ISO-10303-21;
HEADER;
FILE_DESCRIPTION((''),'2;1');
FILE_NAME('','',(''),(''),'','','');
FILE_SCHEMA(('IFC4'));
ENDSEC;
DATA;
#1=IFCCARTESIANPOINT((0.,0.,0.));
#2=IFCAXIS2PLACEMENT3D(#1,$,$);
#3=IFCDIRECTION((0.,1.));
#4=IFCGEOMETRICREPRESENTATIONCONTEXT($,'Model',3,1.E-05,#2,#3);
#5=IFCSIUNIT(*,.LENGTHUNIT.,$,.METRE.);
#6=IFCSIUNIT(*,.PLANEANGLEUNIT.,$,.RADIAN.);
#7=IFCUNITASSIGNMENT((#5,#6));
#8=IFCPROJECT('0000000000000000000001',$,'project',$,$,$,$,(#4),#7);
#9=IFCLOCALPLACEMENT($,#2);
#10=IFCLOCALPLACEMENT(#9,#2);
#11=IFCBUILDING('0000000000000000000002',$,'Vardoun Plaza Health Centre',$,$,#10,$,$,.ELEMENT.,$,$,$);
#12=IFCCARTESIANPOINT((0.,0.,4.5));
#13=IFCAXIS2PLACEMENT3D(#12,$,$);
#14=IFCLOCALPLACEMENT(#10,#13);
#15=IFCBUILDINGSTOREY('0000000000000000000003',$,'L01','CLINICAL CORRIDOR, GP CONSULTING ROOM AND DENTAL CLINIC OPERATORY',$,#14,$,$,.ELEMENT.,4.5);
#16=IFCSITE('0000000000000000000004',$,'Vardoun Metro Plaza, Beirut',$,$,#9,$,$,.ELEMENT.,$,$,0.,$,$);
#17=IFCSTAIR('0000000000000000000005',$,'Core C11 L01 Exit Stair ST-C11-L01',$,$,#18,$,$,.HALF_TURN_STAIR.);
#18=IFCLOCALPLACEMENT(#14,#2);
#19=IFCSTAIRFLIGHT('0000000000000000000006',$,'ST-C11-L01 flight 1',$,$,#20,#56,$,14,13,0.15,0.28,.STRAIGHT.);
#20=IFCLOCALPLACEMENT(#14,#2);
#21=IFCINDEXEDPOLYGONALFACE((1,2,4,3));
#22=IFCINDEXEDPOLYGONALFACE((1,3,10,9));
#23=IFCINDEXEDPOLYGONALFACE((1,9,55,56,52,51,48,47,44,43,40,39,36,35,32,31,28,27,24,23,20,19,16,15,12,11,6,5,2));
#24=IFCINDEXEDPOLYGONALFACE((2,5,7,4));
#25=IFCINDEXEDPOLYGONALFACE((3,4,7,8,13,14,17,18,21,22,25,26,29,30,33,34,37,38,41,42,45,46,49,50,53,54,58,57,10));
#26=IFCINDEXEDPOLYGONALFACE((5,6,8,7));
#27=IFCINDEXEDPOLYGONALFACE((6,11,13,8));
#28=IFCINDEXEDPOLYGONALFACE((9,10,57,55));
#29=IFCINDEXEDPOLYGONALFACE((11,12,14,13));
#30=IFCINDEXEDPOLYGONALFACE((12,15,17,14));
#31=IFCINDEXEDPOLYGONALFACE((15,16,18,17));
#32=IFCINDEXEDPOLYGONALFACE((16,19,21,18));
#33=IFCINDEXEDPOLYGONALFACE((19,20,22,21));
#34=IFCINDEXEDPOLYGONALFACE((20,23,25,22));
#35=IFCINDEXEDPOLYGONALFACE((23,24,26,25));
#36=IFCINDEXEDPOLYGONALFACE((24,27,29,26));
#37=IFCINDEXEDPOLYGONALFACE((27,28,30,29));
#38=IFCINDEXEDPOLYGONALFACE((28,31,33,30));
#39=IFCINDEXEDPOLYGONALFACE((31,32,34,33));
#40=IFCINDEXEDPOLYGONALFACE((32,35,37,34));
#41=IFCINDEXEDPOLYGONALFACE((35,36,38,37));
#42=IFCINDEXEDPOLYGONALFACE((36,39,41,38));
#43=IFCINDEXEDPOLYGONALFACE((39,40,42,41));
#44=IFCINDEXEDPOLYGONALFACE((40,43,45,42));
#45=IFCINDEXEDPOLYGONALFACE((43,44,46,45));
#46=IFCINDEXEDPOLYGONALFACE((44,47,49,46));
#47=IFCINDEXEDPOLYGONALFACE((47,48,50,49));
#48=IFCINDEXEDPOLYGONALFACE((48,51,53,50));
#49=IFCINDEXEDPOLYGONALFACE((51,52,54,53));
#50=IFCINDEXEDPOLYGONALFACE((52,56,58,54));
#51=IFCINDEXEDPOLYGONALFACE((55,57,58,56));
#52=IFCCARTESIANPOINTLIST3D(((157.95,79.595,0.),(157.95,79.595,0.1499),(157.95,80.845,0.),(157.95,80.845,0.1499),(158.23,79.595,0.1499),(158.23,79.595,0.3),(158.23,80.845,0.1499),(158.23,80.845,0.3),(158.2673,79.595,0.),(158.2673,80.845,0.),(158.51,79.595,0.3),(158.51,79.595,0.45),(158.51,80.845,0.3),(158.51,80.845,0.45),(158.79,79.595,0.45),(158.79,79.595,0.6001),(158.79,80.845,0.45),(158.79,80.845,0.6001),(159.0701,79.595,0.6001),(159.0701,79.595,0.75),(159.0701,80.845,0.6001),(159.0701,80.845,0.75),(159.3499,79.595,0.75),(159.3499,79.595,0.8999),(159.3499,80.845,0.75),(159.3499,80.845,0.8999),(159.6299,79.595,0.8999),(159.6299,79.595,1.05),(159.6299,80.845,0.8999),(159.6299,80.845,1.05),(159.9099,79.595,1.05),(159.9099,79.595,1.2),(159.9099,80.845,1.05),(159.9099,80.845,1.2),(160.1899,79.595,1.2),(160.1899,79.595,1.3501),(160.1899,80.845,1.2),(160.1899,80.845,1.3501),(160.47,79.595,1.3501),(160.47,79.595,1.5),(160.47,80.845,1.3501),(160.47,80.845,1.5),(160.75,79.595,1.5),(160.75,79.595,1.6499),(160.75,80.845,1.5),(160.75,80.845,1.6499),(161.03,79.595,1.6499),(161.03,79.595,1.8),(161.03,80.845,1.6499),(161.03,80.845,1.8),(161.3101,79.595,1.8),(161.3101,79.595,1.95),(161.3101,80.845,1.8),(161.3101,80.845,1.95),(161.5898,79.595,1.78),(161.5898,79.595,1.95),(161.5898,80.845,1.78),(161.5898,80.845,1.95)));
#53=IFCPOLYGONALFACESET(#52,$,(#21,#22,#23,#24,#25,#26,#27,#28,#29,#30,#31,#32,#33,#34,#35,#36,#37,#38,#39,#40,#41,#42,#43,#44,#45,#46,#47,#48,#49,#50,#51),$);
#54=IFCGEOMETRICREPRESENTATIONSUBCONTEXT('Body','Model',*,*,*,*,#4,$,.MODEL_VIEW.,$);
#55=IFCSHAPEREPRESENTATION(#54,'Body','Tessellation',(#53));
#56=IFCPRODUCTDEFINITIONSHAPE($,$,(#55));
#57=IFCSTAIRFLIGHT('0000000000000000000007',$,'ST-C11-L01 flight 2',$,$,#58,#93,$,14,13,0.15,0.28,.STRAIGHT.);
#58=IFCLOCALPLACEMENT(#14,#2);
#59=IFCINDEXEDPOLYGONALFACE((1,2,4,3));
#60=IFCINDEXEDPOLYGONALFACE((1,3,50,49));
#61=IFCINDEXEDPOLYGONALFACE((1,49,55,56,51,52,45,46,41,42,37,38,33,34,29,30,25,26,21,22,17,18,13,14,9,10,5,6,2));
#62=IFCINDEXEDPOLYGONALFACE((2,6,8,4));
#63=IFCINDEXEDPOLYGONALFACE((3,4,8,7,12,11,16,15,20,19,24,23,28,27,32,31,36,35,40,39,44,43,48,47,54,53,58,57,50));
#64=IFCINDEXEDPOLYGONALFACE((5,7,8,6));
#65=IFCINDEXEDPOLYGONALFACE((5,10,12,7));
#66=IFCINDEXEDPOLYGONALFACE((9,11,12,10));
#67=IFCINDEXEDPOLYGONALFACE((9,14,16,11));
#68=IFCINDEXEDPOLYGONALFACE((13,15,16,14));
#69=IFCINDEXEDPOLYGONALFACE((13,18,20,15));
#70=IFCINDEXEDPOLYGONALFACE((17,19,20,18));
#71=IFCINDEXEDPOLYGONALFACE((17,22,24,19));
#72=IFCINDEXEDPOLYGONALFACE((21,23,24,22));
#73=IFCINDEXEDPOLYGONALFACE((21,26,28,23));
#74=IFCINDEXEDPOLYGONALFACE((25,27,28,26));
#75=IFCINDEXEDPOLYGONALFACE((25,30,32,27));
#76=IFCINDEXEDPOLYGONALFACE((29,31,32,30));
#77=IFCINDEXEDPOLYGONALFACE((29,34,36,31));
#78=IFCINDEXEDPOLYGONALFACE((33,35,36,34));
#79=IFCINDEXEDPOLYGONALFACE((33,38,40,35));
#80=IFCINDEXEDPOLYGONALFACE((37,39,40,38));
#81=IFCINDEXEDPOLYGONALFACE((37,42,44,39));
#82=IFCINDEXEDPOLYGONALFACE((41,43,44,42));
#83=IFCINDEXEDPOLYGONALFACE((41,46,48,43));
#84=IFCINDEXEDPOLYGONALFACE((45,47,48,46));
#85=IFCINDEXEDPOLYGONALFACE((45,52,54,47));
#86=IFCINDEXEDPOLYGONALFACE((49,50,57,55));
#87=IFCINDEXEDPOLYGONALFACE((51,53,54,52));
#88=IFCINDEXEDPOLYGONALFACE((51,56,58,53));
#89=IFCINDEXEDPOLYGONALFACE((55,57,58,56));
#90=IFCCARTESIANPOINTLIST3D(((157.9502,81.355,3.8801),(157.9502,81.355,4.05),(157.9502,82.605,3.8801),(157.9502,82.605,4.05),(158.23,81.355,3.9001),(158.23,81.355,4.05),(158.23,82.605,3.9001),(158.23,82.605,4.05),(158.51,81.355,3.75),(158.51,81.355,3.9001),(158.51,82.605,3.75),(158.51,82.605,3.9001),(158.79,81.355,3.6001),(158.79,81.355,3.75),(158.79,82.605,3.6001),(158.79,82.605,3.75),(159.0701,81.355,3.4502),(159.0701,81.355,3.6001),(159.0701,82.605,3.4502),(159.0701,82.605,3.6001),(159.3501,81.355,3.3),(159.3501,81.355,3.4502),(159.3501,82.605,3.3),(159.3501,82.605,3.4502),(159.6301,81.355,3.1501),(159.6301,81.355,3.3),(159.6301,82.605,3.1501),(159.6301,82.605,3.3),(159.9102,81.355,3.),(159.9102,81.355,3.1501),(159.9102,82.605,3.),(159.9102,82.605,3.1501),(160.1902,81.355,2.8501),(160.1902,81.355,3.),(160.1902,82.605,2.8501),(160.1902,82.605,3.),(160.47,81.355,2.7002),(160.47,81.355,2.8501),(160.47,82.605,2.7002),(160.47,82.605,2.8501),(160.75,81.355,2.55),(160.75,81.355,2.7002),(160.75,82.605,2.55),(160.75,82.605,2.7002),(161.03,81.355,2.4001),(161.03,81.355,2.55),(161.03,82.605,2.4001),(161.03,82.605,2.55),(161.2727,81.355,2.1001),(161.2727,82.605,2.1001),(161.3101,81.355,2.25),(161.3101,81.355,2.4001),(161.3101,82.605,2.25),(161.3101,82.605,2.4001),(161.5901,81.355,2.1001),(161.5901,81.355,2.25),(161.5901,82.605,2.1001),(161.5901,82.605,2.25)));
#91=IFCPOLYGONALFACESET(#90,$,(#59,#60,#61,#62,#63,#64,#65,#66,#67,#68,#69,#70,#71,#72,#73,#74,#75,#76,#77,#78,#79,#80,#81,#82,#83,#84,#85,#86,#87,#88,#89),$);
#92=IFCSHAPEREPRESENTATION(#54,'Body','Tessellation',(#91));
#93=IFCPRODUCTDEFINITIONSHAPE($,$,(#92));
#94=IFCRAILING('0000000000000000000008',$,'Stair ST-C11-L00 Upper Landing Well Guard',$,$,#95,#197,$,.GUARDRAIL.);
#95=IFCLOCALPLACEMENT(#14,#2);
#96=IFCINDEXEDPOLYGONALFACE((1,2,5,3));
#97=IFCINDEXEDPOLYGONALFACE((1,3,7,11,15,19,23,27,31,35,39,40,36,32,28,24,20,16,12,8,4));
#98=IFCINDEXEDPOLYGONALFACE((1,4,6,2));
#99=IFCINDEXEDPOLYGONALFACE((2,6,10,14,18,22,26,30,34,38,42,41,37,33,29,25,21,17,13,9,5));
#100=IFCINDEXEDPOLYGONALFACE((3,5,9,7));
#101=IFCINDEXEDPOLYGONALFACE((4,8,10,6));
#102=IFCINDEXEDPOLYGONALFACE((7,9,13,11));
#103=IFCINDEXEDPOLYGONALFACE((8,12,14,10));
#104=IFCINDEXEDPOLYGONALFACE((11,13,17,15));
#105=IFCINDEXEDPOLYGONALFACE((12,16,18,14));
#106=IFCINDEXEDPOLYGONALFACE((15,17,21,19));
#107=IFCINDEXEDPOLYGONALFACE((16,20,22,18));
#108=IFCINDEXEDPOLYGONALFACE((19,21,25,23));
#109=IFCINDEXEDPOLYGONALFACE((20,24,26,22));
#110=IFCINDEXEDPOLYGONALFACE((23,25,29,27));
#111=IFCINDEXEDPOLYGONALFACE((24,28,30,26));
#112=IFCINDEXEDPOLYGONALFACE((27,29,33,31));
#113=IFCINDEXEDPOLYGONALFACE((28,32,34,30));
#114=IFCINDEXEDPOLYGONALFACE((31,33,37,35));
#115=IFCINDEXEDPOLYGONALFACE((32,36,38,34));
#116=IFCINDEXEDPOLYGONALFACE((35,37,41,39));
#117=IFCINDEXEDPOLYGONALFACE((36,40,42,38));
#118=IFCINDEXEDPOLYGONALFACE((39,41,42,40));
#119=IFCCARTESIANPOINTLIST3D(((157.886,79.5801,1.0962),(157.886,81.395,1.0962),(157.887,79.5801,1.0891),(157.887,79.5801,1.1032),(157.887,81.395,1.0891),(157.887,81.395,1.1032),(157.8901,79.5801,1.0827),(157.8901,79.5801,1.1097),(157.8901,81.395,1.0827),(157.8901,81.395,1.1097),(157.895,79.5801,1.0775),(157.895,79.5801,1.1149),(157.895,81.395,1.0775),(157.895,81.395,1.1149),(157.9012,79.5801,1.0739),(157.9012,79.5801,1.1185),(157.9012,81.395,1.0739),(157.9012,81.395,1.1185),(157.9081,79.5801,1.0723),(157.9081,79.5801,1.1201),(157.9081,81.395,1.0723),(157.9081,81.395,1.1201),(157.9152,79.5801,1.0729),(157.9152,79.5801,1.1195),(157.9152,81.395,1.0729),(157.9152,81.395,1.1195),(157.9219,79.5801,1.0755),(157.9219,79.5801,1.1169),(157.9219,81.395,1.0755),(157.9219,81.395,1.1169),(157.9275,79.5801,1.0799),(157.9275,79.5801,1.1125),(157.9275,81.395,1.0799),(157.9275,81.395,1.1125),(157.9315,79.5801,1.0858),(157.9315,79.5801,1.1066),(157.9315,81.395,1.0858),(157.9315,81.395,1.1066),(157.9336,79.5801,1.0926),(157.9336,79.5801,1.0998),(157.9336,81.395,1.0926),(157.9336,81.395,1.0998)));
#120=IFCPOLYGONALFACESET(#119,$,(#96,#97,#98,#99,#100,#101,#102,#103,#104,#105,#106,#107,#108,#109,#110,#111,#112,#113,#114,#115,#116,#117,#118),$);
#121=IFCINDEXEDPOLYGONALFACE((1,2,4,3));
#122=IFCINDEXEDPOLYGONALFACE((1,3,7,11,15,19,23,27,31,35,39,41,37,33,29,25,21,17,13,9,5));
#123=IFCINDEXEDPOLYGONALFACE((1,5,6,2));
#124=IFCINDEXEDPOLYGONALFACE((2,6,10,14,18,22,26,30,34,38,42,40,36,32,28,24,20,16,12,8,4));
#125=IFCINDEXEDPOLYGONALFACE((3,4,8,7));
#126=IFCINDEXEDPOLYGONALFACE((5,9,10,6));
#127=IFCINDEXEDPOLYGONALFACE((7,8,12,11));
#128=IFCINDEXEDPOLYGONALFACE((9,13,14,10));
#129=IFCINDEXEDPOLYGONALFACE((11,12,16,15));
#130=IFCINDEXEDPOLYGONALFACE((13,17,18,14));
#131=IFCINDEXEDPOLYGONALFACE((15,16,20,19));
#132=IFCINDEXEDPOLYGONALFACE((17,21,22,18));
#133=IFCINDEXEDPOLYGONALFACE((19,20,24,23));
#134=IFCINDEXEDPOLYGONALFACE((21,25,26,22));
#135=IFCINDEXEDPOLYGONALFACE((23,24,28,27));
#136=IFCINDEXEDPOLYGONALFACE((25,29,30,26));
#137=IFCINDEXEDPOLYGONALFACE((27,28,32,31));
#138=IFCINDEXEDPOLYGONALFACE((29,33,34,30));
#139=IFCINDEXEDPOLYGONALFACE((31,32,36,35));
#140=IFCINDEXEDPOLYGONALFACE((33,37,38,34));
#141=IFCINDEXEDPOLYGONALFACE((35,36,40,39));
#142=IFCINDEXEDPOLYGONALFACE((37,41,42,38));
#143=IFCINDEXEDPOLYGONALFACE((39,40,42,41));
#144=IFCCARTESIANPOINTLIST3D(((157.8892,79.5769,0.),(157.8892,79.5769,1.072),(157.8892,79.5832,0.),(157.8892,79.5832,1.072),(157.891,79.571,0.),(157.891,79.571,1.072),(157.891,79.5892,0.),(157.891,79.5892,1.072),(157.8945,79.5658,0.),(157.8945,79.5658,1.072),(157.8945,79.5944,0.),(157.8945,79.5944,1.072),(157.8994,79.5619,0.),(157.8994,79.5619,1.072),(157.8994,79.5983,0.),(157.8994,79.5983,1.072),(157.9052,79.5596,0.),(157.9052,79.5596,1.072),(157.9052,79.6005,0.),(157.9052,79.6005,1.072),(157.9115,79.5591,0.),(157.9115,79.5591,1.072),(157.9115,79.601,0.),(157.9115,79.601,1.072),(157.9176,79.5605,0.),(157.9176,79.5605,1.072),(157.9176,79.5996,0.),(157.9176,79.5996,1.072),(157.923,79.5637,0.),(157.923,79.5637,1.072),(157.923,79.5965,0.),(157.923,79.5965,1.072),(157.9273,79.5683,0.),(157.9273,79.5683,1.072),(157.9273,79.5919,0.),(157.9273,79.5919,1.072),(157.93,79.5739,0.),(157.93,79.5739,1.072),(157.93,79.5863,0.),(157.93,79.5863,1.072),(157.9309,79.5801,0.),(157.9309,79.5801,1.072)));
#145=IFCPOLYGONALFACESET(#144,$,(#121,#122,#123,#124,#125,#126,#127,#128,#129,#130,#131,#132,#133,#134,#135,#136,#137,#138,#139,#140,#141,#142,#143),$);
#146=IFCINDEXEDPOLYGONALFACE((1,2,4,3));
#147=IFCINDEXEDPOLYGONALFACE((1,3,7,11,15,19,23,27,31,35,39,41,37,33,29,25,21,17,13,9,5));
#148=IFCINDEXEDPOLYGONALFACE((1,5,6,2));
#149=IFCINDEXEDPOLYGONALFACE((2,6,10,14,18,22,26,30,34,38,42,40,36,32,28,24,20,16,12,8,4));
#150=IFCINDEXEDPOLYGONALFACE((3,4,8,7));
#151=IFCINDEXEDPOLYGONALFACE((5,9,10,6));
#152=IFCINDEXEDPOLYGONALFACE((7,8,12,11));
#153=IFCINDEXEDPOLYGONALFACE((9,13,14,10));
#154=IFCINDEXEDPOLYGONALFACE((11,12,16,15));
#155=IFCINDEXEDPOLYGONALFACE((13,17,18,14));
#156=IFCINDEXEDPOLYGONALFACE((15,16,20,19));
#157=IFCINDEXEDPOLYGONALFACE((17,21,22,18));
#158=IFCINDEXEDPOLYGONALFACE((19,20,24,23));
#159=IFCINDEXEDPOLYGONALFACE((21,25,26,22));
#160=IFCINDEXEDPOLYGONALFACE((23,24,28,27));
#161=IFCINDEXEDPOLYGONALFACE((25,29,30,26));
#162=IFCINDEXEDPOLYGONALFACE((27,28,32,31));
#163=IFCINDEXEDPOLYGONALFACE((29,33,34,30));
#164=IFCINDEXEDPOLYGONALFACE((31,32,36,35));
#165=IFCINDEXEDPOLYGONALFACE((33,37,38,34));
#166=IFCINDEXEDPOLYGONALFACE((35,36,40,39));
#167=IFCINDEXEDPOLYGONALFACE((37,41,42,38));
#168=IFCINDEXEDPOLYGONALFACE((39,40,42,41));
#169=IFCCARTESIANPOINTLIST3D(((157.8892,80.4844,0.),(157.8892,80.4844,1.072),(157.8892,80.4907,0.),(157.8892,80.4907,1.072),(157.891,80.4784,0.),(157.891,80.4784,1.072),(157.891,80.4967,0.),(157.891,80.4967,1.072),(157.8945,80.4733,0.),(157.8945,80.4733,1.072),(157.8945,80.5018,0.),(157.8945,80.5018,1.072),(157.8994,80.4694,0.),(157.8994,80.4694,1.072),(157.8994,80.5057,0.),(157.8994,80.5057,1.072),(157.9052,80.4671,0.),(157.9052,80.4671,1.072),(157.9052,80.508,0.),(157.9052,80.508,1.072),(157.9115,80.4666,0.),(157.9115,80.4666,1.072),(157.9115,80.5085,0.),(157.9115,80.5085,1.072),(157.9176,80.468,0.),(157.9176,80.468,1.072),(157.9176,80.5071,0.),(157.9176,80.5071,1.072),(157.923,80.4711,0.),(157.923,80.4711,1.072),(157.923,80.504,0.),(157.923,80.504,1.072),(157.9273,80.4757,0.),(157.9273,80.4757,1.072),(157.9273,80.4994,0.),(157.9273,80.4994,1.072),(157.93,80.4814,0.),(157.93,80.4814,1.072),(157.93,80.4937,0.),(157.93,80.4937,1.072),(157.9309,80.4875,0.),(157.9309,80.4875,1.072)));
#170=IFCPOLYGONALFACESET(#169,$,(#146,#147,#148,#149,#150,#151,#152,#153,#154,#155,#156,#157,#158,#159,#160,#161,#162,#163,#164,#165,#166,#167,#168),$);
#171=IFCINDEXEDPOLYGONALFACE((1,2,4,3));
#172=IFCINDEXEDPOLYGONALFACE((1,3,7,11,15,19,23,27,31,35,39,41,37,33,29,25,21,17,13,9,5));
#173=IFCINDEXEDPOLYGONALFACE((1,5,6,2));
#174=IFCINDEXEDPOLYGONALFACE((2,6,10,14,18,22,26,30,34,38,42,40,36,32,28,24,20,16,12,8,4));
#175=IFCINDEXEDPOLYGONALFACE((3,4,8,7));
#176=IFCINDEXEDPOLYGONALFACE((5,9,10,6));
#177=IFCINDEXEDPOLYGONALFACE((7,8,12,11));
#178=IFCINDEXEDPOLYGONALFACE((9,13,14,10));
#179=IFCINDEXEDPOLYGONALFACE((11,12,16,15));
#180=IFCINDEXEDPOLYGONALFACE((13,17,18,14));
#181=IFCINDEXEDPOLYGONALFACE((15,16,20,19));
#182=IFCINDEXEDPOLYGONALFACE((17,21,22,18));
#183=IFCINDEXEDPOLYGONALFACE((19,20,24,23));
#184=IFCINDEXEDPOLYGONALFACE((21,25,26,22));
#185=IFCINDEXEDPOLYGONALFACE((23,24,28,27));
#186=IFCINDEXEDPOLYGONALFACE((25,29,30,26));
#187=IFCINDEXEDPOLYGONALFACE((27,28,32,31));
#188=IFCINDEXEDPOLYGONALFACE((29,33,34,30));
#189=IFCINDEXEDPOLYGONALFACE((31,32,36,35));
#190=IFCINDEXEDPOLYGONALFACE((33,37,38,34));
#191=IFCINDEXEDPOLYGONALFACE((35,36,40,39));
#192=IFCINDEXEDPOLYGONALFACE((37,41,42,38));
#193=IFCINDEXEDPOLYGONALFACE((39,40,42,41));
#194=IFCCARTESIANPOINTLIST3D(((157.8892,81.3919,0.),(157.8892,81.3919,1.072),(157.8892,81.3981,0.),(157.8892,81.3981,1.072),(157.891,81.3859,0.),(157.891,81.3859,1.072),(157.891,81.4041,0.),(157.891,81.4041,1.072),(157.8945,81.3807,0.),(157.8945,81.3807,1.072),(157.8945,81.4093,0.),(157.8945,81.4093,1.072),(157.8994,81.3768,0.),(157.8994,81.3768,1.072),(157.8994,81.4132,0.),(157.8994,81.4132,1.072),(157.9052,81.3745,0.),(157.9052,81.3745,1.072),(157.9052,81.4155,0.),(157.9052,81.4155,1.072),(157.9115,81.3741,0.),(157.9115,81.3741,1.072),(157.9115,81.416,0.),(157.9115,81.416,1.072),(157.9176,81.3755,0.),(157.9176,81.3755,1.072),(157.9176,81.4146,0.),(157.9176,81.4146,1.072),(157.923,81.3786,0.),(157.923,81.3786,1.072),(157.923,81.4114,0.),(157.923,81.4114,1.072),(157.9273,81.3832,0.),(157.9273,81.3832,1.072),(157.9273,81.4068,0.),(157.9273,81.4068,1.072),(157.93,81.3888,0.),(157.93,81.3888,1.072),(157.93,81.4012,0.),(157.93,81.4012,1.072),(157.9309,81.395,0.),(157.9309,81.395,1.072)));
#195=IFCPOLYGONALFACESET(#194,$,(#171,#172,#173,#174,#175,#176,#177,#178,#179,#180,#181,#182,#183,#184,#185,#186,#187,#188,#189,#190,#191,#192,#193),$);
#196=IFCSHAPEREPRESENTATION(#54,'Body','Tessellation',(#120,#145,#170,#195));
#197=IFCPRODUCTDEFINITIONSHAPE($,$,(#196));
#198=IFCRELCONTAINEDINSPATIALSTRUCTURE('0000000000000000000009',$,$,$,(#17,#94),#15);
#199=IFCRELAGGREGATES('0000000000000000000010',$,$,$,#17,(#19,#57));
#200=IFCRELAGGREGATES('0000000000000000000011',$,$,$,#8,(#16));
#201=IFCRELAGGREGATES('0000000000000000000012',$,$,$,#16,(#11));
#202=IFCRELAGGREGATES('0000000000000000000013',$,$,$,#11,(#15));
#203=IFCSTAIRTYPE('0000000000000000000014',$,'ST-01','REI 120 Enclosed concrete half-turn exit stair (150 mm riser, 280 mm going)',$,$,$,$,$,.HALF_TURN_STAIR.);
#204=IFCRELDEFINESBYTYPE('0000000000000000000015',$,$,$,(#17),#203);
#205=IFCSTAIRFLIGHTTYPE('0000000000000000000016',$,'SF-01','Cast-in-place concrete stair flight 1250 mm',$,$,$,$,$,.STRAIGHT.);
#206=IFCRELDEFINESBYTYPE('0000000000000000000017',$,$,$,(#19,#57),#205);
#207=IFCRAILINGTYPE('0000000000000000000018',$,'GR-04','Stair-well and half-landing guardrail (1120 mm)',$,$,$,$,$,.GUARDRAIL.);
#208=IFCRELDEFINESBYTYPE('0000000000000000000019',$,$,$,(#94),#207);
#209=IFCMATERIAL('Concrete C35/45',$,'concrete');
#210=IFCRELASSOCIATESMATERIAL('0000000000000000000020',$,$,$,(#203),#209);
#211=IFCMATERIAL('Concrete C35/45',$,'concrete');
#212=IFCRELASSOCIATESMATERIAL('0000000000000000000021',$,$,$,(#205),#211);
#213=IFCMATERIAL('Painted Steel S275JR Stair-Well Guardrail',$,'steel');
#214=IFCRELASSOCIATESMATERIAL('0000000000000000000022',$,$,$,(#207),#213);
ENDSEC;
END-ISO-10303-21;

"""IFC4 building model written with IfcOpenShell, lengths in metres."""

from ifc_helpers import new_model, si_unit, direction, frame, origin, origin_2d, place, context, subcontext, project, spatial, polyline, circle, outline, extrude, material, type_object, element, aggregate, save


model = new_model("IFC4")

# Units and contexts
model_context = context("Model", 3, precision=1e-05, world=origin(), true_north=direction((0.0, 1.0)))
body_context = subcontext(model_context, "Body", "Model", "MODEL_VIEW")
ifc_project = project(units=[si_unit("LENGTHUNIT", "METRE"), si_unit("PLANEANGLEUNIT", "RADIAN")], contexts=[model_context])

# Site, building, storey
site_placement = place(None, origin())
site = spatial("IfcSite", under=ifc_project, at=site_placement, Name="Vardoun Metro Plaza, Beirut", CompositionType="ELEMENT", RefElevation=0.0)
building_placement = place(site_placement, origin())
building = spatial("IfcBuilding", under=site, at=building_placement, Name="Vardoun Plaza Health Centre", CompositionType="ELEMENT")
storey_placement = place(building_placement, frame((0.0, 0.0, 4.5)))
storey = spatial("IfcBuildingStorey", under=building, at=storey_placement, Name="L01", Description="CLINICAL CORRIDOR, GP CONSULTING ROOM AND DENTAL CLINIC OPERATORY", CompositionType="ELEMENT", Elevation=4.5)

# Stair, stair flights
ifc_material_1 = material(Name="Concrete C35/45", Category="concrete")
stair_type = type_object("IfcStairType", Name="ST-01", Description="REI 120 Enclosed concrete half-turn exit stair (150 mm riser, 280 mm going)", PredefinedType="HALF_TURN_STAIR", material=ifc_material_1)
stair_placement = place(storey_placement, origin())
stair = element("IfcStair", 1, at=stair_placement, inside=storey, type_object=stair_type, Name="Core C11 L01 Exit Stair ST-C11-L01", PredefinedType="HALF_TURN_STAIR")
ifc_material_2 = material(Name="Concrete C35/45", Category="concrete")
stair_flight_type = type_object("IfcStairFlightType", Name="SF-01", Description="Cast-in-place concrete stair flight 1250 mm", PredefinedType="STRAIGHT", material=ifc_material_2)
stair_flight_1_placement = place(storey_placement, frame((157.95, 80.22, 0.0), z_axis=(0.0, 0.0, 1.0), x_axis=(1.0, 0.0, 0.0)))
stair_flight_1 = element("IfcStairFlight", 2, at=stair_flight_1_placement, type_object=stair_flight_type, Name="ST-C11-L01 flight 1", NumberOfRisers=14, NumberOfTreads=13, PredefinedType="STRAIGHT", RiserHeight=0.15, TreadLength=0.28, context=body_context, shape_type="SweptSolid", body=[
    extrude(outline(polyline([(0.0, 0.0), (0.0, 0.1499), (0.28, 0.1499), (0.28, 0.3), (0.5601, 0.3), (0.5601, 0.45), (0.8401, 0.45), (0.8401, 0.6001), (1.1201, 0.6001), (1.1201, 0.75), (1.3999, 0.75), (1.3999, 0.8999), (1.6799, 0.8999), (1.6799, 1.05), (1.96, 1.05), (1.96, 1.2), (2.24, 1.2), (2.24, 1.3501), (2.52, 1.3501), (2.52, 1.5), (2.8, 1.5), (2.8, 1.6499), (3.0801, 1.6499), (3.0801, 1.8), (3.3601, 1.8), (3.3601, 1.95), (3.6399, 1.95), (3.6399, 2.1001), (3.6399, 1.78), (0.3174, 0.0), (0.0, 0.0)])), frame((0.0, 0.625, 0.0), z_axis=(0.0, -1.0, 0.0), x_axis=(1.0, 0.0, 0.0)), (0.0, 0.0, 1.0), 1.25),
])
stair_flight_2_placement = place(storey_placement, frame((161.5901, 81.98, 2.1001), z_axis=(0.0, 0.0, 1.0), x_axis=(-1.0, 0.0, 0.0)))
stair_flight_2 = element("IfcStairFlight", 3, at=stair_flight_2_placement, type_object=stair_flight_type, Name="ST-C11-L01 flight 2", NumberOfRisers=14, NumberOfTreads=13, PredefinedType="STRAIGHT", RiserHeight=0.15, TreadLength=0.28, context=body_context, shape_type="SweptSolid", body=[
    extrude(outline(polyline([(0.0, 0.0), (0.0, 0.1499), (0.28, 0.1499), (0.28, 0.3), (0.5601, 0.3), (0.5601, 0.45), (0.8401, 0.45), (0.8401, 0.6001), (1.1201, 0.6001), (1.1201, 0.75), (1.3999, 0.75), (1.3999, 0.8999), (1.6799, 0.8999), (1.6799, 1.05), (1.96, 1.05), (1.96, 1.2), (2.24, 1.2), (2.24, 1.3501), (2.52, 1.3501), (2.52, 1.5), (2.8, 1.5), (2.8, 1.6499), (3.0801, 1.6499), (3.0801, 1.8), (3.3601, 1.8), (3.3601, 1.95), (3.6399, 1.95), (3.6399, 2.1001), (3.6399, 1.78), (0.3174, 0.0), (0.0, 0.0)])), frame((0.0, 0.625, 0.0), z_axis=(0.0, -1.0, 0.0), x_axis=(1.0, 0.0, 0.0)), (0.0, 0.0, 1.0), 1.25),
])
aggregate(stair, [stair_flight_1, stair_flight_2])

# Railing
ifc_material_3 = material(Name="Painted Steel S275JR Stair-Well Guardrail", Category="steel")
railing_type_1 = type_object("IfcRailingType", Name="GR-04", Description="Stair-well and half-landing guardrail (1120 mm)", PredefinedType="GUARDRAIL", material=ifc_material_3)
railing_1_placement = place(storey_placement, frame((157.9099, 79.5801, 0.0)))
element("IfcRailing", 4, at=railing_1_placement, inside=storey, type_object=railing_type_1, Name="Stair ST-C11-L00 Upper Landing Well Guard", PredefinedType="GUARDRAIL", context=body_context, shape_type="SweptSolid", body=[
    extrude(circle(Radius=0.0239, at=origin_2d()), frame((0.0, 0.0, 1.0962), z_axis=(0.0, 1.0, 0.0), x_axis=(-1.0, 0.0, 0.0)), (0.0, 0.0, 1.0), 1.8149),
    extrude(circle(Radius=0.021, at=origin_2d()), origin(), (0.0, 0.0, 1.0), 1.072),
    extrude(circle(Radius=0.021, at=origin_2d()), frame((0.0, 0.9075, 0.0)), (0.0, 0.0, 1.0), 1.072),
    extrude(circle(Radius=0.021, at=origin_2d()), frame((0.0, 1.8149, 0.0)), (0.0, 0.0, 1.0), 1.072),
])

save(model, "model.ifc")
